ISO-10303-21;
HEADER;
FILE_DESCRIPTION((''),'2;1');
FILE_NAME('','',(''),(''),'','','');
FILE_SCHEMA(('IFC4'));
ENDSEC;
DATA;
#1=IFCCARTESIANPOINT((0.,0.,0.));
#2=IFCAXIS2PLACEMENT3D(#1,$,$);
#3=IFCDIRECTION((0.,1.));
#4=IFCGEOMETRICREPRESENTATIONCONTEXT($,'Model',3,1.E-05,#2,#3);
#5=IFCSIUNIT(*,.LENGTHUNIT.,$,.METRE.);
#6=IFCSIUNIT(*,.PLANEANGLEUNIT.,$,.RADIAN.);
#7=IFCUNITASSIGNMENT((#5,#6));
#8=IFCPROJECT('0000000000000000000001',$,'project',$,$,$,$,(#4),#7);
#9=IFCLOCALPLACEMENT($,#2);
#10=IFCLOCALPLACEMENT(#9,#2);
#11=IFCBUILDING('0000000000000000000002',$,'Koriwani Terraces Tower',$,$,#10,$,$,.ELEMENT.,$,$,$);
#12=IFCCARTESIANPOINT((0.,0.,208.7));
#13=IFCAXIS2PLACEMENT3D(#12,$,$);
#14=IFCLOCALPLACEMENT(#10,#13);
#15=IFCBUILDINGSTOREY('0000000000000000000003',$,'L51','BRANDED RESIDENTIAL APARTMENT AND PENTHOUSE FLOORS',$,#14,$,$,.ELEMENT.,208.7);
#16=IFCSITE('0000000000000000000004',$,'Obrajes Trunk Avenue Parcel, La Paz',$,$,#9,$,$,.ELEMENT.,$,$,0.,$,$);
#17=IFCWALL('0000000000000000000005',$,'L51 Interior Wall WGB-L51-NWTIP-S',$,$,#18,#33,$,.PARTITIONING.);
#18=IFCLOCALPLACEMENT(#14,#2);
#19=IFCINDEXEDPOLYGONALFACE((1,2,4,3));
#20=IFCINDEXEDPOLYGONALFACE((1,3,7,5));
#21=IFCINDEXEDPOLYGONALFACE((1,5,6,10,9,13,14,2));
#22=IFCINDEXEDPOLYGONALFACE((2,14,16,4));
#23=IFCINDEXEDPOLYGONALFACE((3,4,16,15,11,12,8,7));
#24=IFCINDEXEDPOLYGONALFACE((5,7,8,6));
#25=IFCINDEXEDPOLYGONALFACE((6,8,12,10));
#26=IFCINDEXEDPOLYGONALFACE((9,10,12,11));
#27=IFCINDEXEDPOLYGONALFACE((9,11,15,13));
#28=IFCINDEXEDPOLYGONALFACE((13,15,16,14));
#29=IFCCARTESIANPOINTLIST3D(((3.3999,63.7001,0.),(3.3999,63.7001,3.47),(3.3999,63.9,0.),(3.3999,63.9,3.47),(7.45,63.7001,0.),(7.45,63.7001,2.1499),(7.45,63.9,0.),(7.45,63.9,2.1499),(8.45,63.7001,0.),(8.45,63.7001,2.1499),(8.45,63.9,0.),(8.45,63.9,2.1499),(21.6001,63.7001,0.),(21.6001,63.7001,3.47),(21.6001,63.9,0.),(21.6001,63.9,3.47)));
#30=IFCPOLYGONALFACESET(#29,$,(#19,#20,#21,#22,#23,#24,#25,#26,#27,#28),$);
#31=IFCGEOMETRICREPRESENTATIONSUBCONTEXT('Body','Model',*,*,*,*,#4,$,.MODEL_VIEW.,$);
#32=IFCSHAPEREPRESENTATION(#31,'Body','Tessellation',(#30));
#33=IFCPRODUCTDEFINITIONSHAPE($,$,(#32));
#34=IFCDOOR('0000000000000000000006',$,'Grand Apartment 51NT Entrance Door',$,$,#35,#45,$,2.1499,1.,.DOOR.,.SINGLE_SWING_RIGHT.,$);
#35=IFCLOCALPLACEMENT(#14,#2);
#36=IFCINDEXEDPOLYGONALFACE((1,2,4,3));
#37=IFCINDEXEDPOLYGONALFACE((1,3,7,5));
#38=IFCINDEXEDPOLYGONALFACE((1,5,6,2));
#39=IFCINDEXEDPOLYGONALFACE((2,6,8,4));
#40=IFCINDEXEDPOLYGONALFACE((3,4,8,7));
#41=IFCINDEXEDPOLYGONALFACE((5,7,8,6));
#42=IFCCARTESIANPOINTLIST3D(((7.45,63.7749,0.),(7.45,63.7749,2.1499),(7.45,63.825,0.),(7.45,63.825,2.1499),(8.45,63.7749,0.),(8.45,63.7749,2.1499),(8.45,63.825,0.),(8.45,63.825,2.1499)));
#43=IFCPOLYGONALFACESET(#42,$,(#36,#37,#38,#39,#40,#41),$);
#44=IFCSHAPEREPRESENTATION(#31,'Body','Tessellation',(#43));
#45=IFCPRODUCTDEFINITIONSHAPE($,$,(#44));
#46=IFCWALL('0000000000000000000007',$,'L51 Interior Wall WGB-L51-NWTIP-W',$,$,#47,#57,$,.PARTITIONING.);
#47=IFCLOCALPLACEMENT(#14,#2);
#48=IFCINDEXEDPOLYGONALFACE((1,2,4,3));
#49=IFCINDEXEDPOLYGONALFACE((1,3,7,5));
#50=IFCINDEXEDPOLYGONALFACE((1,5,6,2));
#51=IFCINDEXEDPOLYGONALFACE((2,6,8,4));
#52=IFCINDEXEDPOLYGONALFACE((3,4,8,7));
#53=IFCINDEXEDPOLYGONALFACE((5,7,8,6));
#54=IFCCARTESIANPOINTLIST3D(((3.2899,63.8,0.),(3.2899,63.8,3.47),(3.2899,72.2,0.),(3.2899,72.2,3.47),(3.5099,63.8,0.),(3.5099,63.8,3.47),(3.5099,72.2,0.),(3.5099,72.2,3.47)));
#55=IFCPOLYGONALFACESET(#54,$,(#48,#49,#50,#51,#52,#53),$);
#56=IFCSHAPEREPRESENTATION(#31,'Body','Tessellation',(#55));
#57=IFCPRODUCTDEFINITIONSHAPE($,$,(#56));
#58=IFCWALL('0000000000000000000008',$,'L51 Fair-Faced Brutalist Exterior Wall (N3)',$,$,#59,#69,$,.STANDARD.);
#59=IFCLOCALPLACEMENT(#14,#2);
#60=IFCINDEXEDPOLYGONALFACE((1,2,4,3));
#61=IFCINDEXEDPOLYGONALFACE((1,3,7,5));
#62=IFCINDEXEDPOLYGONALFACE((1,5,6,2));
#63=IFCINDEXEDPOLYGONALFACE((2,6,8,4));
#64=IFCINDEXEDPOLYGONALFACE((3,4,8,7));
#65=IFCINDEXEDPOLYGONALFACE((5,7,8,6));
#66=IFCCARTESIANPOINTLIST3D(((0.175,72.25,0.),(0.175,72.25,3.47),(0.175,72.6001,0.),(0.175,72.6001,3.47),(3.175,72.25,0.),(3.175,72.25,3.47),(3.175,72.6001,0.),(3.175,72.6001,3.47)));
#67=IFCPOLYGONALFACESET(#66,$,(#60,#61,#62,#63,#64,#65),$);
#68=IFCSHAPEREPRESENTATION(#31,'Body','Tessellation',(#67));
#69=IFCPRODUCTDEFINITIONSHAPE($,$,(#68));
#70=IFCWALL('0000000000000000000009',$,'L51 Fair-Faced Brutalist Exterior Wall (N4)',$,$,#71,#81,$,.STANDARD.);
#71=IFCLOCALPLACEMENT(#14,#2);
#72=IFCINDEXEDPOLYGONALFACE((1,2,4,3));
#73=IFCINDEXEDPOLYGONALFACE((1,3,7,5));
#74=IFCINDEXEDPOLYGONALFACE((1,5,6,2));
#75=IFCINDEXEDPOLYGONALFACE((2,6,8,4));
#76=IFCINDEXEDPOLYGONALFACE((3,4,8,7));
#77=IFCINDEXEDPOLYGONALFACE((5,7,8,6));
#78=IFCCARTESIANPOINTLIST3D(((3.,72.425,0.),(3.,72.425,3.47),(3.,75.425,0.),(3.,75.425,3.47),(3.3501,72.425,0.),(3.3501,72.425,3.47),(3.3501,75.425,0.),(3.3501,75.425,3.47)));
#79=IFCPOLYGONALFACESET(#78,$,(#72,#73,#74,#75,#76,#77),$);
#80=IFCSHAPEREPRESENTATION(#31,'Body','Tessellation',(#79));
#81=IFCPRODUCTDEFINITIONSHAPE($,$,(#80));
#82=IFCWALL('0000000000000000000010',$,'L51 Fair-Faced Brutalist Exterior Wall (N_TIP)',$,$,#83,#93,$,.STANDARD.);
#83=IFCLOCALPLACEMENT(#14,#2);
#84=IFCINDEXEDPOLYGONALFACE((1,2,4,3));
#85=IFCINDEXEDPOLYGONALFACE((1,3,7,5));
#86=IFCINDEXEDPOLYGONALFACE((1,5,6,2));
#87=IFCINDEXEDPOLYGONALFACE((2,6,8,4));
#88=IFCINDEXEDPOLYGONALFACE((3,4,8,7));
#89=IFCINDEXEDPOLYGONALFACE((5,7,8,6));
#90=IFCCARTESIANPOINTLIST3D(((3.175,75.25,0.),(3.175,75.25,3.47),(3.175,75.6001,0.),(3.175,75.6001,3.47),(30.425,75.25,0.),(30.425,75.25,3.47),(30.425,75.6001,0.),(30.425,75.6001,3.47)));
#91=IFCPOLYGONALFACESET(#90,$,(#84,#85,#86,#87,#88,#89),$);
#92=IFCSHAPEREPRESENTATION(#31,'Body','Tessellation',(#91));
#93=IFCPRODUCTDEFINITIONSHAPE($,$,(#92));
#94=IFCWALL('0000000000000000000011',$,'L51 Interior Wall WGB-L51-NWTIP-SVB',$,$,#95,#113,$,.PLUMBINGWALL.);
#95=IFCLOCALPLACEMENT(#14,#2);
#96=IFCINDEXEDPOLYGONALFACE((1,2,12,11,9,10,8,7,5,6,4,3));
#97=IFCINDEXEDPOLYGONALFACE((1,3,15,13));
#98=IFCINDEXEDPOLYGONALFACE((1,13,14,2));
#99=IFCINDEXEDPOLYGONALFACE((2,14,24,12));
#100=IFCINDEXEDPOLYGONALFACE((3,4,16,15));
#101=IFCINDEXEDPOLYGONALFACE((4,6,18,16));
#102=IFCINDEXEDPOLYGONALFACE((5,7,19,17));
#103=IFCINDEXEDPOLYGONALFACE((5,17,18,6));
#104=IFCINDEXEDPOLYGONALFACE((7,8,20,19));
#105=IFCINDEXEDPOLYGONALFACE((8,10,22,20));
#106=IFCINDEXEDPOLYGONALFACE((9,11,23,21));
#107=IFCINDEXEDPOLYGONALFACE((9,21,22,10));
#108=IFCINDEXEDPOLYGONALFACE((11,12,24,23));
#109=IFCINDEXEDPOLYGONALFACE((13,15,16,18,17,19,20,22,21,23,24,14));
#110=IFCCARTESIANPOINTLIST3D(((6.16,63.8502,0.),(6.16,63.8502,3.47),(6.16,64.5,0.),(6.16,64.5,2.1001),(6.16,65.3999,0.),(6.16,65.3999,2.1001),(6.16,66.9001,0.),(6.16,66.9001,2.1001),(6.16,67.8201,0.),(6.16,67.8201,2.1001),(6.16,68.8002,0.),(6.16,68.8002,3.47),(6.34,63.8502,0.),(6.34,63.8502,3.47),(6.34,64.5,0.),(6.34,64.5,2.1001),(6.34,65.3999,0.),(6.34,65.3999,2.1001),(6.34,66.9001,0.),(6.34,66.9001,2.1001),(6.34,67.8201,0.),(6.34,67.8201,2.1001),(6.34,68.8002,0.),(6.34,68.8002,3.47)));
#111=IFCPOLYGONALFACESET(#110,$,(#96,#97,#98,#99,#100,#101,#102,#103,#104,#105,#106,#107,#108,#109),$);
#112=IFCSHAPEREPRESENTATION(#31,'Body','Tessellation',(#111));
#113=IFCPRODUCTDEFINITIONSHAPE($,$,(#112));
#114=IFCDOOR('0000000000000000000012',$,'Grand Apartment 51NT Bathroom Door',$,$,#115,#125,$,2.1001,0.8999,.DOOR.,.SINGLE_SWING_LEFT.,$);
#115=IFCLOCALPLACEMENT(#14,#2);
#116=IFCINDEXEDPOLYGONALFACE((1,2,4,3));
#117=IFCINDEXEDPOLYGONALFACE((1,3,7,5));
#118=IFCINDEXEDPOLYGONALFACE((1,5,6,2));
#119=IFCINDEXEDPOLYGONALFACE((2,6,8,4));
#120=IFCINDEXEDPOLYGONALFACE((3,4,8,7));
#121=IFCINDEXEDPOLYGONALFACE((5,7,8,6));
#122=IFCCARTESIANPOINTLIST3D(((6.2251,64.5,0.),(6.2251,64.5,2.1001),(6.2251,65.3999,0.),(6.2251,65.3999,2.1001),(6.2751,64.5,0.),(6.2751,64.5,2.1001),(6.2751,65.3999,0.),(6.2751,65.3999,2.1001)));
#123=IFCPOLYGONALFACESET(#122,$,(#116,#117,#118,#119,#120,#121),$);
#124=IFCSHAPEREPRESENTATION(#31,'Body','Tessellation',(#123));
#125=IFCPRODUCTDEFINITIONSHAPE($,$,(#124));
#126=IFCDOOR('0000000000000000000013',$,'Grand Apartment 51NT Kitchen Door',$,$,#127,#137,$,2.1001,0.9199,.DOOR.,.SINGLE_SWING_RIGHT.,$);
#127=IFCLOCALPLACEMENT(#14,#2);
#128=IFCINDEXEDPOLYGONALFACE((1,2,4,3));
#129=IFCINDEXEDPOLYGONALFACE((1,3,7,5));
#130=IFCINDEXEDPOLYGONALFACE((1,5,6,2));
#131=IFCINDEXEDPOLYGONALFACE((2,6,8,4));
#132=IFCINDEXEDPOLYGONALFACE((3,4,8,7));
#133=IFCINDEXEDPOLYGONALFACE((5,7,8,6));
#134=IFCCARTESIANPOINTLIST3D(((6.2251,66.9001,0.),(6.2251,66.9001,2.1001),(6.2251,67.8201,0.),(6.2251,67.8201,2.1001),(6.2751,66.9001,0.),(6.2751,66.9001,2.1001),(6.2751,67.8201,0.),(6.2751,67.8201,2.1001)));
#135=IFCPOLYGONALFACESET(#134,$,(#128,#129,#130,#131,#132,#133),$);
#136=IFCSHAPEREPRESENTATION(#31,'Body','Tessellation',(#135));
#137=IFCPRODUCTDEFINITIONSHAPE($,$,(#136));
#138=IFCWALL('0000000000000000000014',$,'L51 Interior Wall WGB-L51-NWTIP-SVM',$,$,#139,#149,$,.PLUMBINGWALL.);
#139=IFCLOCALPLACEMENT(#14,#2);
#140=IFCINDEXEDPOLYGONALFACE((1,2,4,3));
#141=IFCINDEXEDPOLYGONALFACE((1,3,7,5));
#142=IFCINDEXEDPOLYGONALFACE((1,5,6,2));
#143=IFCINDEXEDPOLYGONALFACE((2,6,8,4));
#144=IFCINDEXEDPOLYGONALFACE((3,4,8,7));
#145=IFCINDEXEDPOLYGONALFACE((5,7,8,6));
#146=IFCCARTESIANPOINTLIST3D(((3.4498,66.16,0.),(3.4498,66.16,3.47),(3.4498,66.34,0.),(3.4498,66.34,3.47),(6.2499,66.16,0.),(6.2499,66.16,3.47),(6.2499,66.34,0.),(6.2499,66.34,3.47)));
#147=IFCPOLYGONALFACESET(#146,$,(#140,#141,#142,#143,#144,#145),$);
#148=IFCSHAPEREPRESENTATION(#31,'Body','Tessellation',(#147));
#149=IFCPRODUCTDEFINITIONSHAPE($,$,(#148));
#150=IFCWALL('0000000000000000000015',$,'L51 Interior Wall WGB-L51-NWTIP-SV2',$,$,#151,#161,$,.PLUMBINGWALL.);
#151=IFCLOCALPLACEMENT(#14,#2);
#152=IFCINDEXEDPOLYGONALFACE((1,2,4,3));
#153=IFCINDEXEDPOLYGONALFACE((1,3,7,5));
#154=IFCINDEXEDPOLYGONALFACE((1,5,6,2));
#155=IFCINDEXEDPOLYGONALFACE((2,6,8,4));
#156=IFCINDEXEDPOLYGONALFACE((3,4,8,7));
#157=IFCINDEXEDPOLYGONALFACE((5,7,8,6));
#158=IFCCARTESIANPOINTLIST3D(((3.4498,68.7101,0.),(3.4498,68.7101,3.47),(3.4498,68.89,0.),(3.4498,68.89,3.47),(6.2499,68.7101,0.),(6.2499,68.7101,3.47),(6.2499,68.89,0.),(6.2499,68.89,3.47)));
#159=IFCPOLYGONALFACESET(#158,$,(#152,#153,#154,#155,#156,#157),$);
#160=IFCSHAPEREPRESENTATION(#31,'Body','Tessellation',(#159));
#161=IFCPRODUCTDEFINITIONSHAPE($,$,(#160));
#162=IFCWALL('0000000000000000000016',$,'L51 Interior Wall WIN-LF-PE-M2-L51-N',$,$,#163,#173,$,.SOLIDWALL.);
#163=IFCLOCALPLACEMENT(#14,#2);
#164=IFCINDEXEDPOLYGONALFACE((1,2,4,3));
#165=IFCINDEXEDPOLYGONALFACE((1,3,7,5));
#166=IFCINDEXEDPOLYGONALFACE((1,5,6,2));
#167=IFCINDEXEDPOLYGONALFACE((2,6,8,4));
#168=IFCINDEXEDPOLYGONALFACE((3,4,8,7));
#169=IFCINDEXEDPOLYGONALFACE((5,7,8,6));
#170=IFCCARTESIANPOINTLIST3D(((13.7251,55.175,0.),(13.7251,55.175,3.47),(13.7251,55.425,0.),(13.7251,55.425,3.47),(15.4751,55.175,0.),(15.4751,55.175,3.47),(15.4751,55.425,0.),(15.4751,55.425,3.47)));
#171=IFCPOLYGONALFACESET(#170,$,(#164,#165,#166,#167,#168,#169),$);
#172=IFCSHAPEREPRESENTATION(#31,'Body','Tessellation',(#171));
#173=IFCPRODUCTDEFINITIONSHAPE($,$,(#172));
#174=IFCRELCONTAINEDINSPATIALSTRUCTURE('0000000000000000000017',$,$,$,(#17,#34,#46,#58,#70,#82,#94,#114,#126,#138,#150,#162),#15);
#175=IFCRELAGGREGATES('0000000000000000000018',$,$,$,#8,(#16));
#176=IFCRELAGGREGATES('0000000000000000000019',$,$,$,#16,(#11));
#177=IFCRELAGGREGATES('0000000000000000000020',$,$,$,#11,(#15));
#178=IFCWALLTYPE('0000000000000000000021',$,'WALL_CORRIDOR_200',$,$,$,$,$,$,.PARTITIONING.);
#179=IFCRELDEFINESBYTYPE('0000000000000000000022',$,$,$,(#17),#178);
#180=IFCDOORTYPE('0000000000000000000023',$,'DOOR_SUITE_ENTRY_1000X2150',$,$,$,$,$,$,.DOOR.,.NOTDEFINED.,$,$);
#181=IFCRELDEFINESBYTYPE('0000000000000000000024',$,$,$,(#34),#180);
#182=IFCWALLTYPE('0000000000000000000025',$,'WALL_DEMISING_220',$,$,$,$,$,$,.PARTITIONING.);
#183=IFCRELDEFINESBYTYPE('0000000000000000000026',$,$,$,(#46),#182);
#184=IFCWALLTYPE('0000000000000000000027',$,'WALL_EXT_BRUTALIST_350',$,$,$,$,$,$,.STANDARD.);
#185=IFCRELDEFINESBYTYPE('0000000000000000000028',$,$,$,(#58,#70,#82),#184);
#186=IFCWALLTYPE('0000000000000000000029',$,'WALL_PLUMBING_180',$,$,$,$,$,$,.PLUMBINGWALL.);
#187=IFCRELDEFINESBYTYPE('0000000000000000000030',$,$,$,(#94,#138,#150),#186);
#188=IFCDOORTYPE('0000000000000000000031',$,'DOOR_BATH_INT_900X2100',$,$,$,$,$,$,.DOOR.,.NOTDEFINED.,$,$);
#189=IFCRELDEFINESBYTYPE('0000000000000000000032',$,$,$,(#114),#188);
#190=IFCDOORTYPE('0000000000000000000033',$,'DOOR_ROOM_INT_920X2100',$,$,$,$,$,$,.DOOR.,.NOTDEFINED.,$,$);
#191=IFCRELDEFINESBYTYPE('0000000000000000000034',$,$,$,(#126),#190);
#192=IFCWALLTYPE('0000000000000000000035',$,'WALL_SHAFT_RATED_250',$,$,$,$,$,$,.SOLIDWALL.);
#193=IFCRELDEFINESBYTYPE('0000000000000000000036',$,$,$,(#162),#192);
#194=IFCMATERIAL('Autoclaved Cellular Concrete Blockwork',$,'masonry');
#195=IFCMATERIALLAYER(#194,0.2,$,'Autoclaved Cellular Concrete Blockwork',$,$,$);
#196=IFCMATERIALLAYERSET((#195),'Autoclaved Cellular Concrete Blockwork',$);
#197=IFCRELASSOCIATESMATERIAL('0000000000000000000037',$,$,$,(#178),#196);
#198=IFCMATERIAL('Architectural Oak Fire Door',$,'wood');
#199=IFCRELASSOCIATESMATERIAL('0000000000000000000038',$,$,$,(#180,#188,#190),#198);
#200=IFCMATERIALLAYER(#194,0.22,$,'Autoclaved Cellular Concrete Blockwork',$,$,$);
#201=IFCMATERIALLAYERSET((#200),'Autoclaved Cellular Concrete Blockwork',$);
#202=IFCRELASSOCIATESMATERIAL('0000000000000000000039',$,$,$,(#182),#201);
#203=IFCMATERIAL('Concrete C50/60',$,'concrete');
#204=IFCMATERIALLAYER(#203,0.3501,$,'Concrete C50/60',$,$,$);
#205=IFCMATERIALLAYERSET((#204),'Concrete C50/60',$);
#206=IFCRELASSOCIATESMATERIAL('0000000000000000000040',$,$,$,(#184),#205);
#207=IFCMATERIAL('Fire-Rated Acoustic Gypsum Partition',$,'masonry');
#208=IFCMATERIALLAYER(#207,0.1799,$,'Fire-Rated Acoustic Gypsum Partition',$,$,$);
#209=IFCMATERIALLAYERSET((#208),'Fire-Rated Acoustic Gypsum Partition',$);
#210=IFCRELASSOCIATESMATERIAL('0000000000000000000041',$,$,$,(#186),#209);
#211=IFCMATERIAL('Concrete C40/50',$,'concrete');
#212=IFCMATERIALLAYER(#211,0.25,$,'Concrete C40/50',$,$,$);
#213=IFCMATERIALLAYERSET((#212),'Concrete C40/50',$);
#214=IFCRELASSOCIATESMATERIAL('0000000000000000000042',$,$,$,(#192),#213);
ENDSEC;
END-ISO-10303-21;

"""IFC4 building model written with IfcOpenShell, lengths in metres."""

from ifc_helpers import new_model, si_unit, direction, frame, frame_2d, origin, place, context, subcontext, project, spatial, rectangle, extrude, material, layer, layer_set, type_object, element, fill, save


model = new_model("IFC4")

# Units and contexts
model_context = context("Model", 3, precision=1e-05, world=origin(), true_north=direction((0.0, 1.0)))
body_context = subcontext(model_context, "Body", "Model", "MODEL_VIEW")
ifc_project = project(units=[si_unit("LENGTHUNIT", "METRE"), si_unit("PLANEANGLEUNIT", "RADIAN")], contexts=[model_context])

# Site, building, storey
site_placement = place(None, origin())
site = spatial("IfcSite", under=ifc_project, at=site_placement, Name="Obrajes Trunk Avenue Parcel, La Paz", CompositionType="ELEMENT", RefElevation=0.0)
building_placement = place(site_placement, origin())
building = spatial("IfcBuilding", under=site, at=building_placement, Name="Koriwani Terraces Tower", CompositionType="ELEMENT")
storey_placement = place(building_placement, frame((0.0, 0.0, 208.7)))
storey = spatial("IfcBuildingStorey", under=building, at=storey_placement, Name="L51", Description="BRANDED RESIDENTIAL APARTMENT AND PENTHOUSE FLOORS", CompositionType="ELEMENT", Elevation=208.7)

# Shared definitions
ifc_material_1 = material(Name="Concrete C50/60", Category="concrete")

# Shared definitions
ifc_material_2 = material(Name="Concrete C40/50", Category="concrete")

# Wall, opening, door
ifc_material_3 = material(Name="Autoclaved Cellular Concrete Blockwork", Category="masonry")
ifc_layer_1 = layer(ifc_material_3, 0.2, Name="Autoclaved Cellular Concrete Blockwork")
ifc_layer_set_1 = layer_set([ifc_layer_1], Name="Autoclaved Cellular Concrete Blockwork")
wall_type_1 = type_object("IfcWallType", Name="WALL_CORRIDOR_200", PredefinedType="PARTITIONING", material=ifc_layer_set_1)
wall_1_placement = place(storey_placement, frame((3.3999, 63.8, 0.0), z_axis=(0.0, 0.0, 1.0), x_axis=(1.0, 0.0, 0.0)))
wall_1 = element("IfcWall", 1, at=wall_1_placement, inside=storey, type_object=wall_type_1, Name="L51 Interior Wall WGB-L51-NWTIP-S", PredefinedType="PARTITIONING", context=body_context, shape_type="SweptSolid", body=[
    extrude(rectangle(XDim=18.2002, YDim=0.2, at=frame_2d((9.1001, 0.0))), origin(), (0.0, 0.0, 1.0), 3.47),
])
opening_1_placement = place(wall_1_placement, frame((4.05, 0.0, 0.0)))
opening_1 = element("IfcOpeningElement", 2, at=opening_1_placement, cuts=wall_1, PredefinedType="OPENING", context=body_context, shape_type="SweptSolid", body=[
    extrude(rectangle(XDim=1.0, YDim=2.1499, at=frame_2d((0.5, 1.075))), frame((0.0, 0.1099, 0.0), z_axis=(0.0, -1.0, 0.0), x_axis=(1.0, 0.0, 0.0)), (0.0, 0.0, 1.0), 0.22),
])
ifc_material_4 = material(Name="Architectural Oak Fire Door", Category="wood")
door_type_1 = type_object("IfcDoorType", Name="DOOR_SUITE_ENTRY_1000X2150", OperationType="NOTDEFINED", PredefinedType="DOOR", material=ifc_material_4)
door_1_placement = place(opening_1_placement, origin())
door_1 = element("IfcDoor", 3, at=door_1_placement, inside=storey, type_object=door_type_1, Name="Grand Apartment 51NT Entrance Door", OperationType="SINGLE_SWING_RIGHT", OverallHeight=2.1499, OverallWidth=1.0, PredefinedType="DOOR", context=body_context, shape_type="SweptSolid", body=[
    extrude(rectangle(XDim=1.0, YDim=2.1499, at=frame_2d((0.5, 1.075))), frame((0.0, 0.0249, 0.0), z_axis=(0.0, -1.0, 0.0), x_axis=(1.0, 0.0, 0.0)), (0.0, 0.0, 1.0), 0.05),
])
fill(opening_1, door_1)

# Walls
ifc_layer_2 = layer(ifc_material_3, 0.22, Name="Autoclaved Cellular Concrete Blockwork")
ifc_layer_set_2 = layer_set([ifc_layer_2], Name="Autoclaved Cellular Concrete Blockwork")
wall_type_2 = type_object("IfcWallType", Name="WALL_DEMISING_220", PredefinedType="PARTITIONING", material=ifc_layer_set_2)
wall_2_placement = place(storey_placement, frame((3.3999, 63.8, 0.0), z_axis=(0.0, 0.0, 1.0), x_axis=(0.0, 1.0, 0.0)))
element("IfcWall", 4, at=wall_2_placement, inside=storey, type_object=wall_type_2, Name="L51 Interior Wall WGB-L51-NWTIP-W", PredefinedType="PARTITIONING", context=body_context, shape_type="SweptSolid", body=[
    extrude(rectangle(XDim=8.3999, YDim=0.22, at=frame_2d((4.2, 0.0))), origin(), (0.0, 0.0, 1.0), 3.47),
])
ifc_layer_3 = layer(ifc_material_1, 0.3501, Name="Concrete C50/60")
ifc_layer_set_3 = layer_set([ifc_layer_3], Name="Concrete C50/60")
wall_type_3 = type_object("IfcWallType", Name="WALL_EXT_BRUTALIST_350", PredefinedType="STANDARD", material=ifc_layer_set_3)
for number, where, z_axis, x_axis, name in (
    (5, (0.175, 72.425, 0.0), (0.0, 0.0, 1.0), (1.0, 0.0, 0.0), "L51 Fair-Faced Brutalist Exterior Wall (N3)"),
    (6, (3.175, 72.425, 0.0), (0.0, 0.0, 1.0), (0.0, 1.0, 0.0), "L51 Fair-Faced Brutalist Exterior Wall (N4)"),
):
    element("IfcWall", number, at=place(storey_placement, frame(where, z_axis=z_axis, x_axis=x_axis)), inside=storey, type_object=wall_type_3, Name=name, PredefinedType="STANDARD", context=body_context, shape_type="SweptSolid", body=[
        extrude(rectangle(XDim=3.0, YDim=0.3501, at=frame_2d((1.5, 0.0))), origin(), (0.0, 0.0, 1.0), 3.47),
    ])
wall_3_placement = place(storey_placement, frame((3.175, 75.425, 0.0), z_axis=(0.0, 0.0, 1.0), x_axis=(1.0, 0.0, 0.0)))
element("IfcWall", 7, at=wall_3_placement, inside=storey, type_object=wall_type_3, Name="L51 Fair-Faced Brutalist Exterior Wall (N_TIP)", PredefinedType="STANDARD", context=body_context, shape_type="SweptSolid", body=[
    extrude(rectangle(XDim=27.25, YDim=0.3501, at=frame_2d((13.625, 0.0))), origin(), (0.0, 0.0, 1.0), 3.47),
])

# Wall, openings, doors
ifc_material_5 = material(Name="Fire-Rated Acoustic Gypsum Partition", Category="masonry")
ifc_layer_4 = layer(ifc_material_5, 0.1799, Name="Fire-Rated Acoustic Gypsum Partition")
ifc_layer_set_4 = layer_set([ifc_layer_4], Name="Fire-Rated Acoustic Gypsum Partition")
wall_type_4 = type_object("IfcWallType", Name="WALL_PLUMBING_180", PredefinedType="PLUMBINGWALL", material=ifc_layer_set_4)
wall_4_placement = place(storey_placement, frame((6.25, 63.8501, 0.0), z_axis=(0.0, 0.0, 1.0), x_axis=(0.0, 1.0, 0.0)))
wall_4 = element("IfcWall", 8, at=wall_4_placement, inside=storey, type_object=wall_type_4, Name="L51 Interior Wall WGB-L51-NWTIP-SVB", PredefinedType="PLUMBINGWALL", context=body_context, shape_type="SweptSolid", body=[
    extrude(rectangle(XDim=4.95, YDim=0.1799, at=frame_2d((2.4751, 0.0))), origin(), (0.0, 0.0, 1.0), 3.47),
])
opening_2_placement = place(wall_4_placement, frame((0.6499, 0.0, 0.0)))
opening_2 = element("IfcOpeningElement", 9, at=opening_2_placement, cuts=wall_4, PredefinedType="OPENING", context=body_context, shape_type="SweptSolid", body=[
    extrude(rectangle(XDim=0.8999, YDim=2.1001, at=frame_2d((0.45, 1.05))), frame((0.0, 0.1001, 0.0), z_axis=(0.0, -1.0, 0.0), x_axis=(1.0, 0.0, 0.0)), (0.0, 0.0, 1.0), 0.2),
])
opening_3_placement = place(wall_4_placement, frame((3.05, 0.0, 0.0)))
opening_3 = element("IfcOpeningElement", 10, at=opening_3_placement, cuts=wall_4, PredefinedType="OPENING", context=body_context, shape_type="SweptSolid", body=[
    extrude(rectangle(XDim=0.9199, YDim=2.1001, at=frame_2d((0.46, 1.05))), frame((0.0, 0.1001, 0.0), z_axis=(0.0, -1.0, 0.0), x_axis=(1.0, 0.0, 0.0)), (0.0, 0.0, 1.0), 0.2),
])
door_type_2 = type_object("IfcDoorType", Name="DOOR_BATH_INT_900X2100", OperationType="NOTDEFINED", PredefinedType="DOOR", material=ifc_material_4)
door_2_placement = place(opening_2_placement, origin())
door_2 = element("IfcDoor", 11, at=door_2_placement, inside=storey, type_object=door_type_2, Name="Grand Apartment 51NT Bathroom Door", OperationType="SINGLE_SWING_LEFT", OverallHeight=2.1001, OverallWidth=0.8999, PredefinedType="DOOR", context=body_context, shape_type="SweptSolid", body=[
    extrude(rectangle(XDim=0.8999, YDim=2.1001, at=frame_2d((0.45, 1.05))), frame((0.0, 0.0249, 0.0), z_axis=(0.0, -1.0, 0.0), x_axis=(1.0, 0.0, 0.0)), (0.0, 0.0, 1.0), 0.05),
])
fill(opening_2, door_2)
door_type_3 = type_object("IfcDoorType", Name="DOOR_ROOM_INT_920X2100", OperationType="NOTDEFINED", PredefinedType="DOOR", material=ifc_material_4)
door_3_placement = place(opening_3_placement, origin())
door_3 = element("IfcDoor", 12, at=door_3_placement, inside=storey, type_object=door_type_3, Name="Grand Apartment 51NT Kitchen Door", OperationType="SINGLE_SWING_RIGHT", OverallHeight=2.1001, OverallWidth=0.9199, PredefinedType="DOOR", context=body_context, shape_type="SweptSolid", body=[
    extrude(rectangle(XDim=0.9199, YDim=2.1001, at=frame_2d((0.46, 1.05))), frame((0.0, 0.0249, 0.0), z_axis=(0.0, -1.0, 0.0), x_axis=(1.0, 0.0, 0.0)), (0.0, 0.0, 1.0), 0.05),
])
fill(opening_3, door_3)

# Walls
for number, where, z_axis, x_axis, name in (
    (13, (3.45, 66.25, 0.0), (0.0, 0.0, 1.0), (1.0, 0.0, 0.0), "L51 Interior Wall WGB-L51-NWTIP-SVM"),
    (14, (3.45, 68.8, 0.0), (0.0, 0.0, 1.0), (1.0, 0.0, 0.0), "L51 Interior Wall WGB-L51-NWTIP-SV2"),
):
    element("IfcWall", number, at=place(storey_placement, frame(where, z_axis=z_axis, x_axis=x_axis)), inside=storey, type_object=wall_type_4, Name=name, PredefinedType="PLUMBINGWALL", context=body_context, shape_type="SweptSolid", body=[
        extrude(rectangle(XDim=2.8, YDim=0.1799, at=frame_2d((1.3999, 0.0))), origin(), (0.0, 0.0, 1.0), 3.47),
    ])
ifc_layer_5 = layer(ifc_material_2, 0.25, Name="Concrete C40/50")
ifc_layer_set_5 = layer_set([ifc_layer_5], Name="Concrete C40/50")
wall_type_5 = type_object("IfcWallType", Name="WALL_SHAFT_RATED_250", PredefinedType="SOLIDWALL", material=ifc_layer_set_5)
wall_5_placement = place(storey_placement, frame((13.7251, 55.3, 0.0), z_axis=(0.0, 0.0, 1.0), x_axis=(1.0, 0.0, 0.0)))
element("IfcWall", 15, at=wall_5_placement, inside=storey, type_object=wall_type_5, Name="L51 Interior Wall WIN-LF-PE-M2-L51-N", PredefinedType="SOLIDWALL", context=body_context, shape_type="SweptSolid", body=[
    extrude(rectangle(XDim=1.75, YDim=0.25, at=frame_2d((0.875, 0.0))), origin(), (0.0, 0.0, 1.0), 3.47),
])

save(model, "model.ifc")
